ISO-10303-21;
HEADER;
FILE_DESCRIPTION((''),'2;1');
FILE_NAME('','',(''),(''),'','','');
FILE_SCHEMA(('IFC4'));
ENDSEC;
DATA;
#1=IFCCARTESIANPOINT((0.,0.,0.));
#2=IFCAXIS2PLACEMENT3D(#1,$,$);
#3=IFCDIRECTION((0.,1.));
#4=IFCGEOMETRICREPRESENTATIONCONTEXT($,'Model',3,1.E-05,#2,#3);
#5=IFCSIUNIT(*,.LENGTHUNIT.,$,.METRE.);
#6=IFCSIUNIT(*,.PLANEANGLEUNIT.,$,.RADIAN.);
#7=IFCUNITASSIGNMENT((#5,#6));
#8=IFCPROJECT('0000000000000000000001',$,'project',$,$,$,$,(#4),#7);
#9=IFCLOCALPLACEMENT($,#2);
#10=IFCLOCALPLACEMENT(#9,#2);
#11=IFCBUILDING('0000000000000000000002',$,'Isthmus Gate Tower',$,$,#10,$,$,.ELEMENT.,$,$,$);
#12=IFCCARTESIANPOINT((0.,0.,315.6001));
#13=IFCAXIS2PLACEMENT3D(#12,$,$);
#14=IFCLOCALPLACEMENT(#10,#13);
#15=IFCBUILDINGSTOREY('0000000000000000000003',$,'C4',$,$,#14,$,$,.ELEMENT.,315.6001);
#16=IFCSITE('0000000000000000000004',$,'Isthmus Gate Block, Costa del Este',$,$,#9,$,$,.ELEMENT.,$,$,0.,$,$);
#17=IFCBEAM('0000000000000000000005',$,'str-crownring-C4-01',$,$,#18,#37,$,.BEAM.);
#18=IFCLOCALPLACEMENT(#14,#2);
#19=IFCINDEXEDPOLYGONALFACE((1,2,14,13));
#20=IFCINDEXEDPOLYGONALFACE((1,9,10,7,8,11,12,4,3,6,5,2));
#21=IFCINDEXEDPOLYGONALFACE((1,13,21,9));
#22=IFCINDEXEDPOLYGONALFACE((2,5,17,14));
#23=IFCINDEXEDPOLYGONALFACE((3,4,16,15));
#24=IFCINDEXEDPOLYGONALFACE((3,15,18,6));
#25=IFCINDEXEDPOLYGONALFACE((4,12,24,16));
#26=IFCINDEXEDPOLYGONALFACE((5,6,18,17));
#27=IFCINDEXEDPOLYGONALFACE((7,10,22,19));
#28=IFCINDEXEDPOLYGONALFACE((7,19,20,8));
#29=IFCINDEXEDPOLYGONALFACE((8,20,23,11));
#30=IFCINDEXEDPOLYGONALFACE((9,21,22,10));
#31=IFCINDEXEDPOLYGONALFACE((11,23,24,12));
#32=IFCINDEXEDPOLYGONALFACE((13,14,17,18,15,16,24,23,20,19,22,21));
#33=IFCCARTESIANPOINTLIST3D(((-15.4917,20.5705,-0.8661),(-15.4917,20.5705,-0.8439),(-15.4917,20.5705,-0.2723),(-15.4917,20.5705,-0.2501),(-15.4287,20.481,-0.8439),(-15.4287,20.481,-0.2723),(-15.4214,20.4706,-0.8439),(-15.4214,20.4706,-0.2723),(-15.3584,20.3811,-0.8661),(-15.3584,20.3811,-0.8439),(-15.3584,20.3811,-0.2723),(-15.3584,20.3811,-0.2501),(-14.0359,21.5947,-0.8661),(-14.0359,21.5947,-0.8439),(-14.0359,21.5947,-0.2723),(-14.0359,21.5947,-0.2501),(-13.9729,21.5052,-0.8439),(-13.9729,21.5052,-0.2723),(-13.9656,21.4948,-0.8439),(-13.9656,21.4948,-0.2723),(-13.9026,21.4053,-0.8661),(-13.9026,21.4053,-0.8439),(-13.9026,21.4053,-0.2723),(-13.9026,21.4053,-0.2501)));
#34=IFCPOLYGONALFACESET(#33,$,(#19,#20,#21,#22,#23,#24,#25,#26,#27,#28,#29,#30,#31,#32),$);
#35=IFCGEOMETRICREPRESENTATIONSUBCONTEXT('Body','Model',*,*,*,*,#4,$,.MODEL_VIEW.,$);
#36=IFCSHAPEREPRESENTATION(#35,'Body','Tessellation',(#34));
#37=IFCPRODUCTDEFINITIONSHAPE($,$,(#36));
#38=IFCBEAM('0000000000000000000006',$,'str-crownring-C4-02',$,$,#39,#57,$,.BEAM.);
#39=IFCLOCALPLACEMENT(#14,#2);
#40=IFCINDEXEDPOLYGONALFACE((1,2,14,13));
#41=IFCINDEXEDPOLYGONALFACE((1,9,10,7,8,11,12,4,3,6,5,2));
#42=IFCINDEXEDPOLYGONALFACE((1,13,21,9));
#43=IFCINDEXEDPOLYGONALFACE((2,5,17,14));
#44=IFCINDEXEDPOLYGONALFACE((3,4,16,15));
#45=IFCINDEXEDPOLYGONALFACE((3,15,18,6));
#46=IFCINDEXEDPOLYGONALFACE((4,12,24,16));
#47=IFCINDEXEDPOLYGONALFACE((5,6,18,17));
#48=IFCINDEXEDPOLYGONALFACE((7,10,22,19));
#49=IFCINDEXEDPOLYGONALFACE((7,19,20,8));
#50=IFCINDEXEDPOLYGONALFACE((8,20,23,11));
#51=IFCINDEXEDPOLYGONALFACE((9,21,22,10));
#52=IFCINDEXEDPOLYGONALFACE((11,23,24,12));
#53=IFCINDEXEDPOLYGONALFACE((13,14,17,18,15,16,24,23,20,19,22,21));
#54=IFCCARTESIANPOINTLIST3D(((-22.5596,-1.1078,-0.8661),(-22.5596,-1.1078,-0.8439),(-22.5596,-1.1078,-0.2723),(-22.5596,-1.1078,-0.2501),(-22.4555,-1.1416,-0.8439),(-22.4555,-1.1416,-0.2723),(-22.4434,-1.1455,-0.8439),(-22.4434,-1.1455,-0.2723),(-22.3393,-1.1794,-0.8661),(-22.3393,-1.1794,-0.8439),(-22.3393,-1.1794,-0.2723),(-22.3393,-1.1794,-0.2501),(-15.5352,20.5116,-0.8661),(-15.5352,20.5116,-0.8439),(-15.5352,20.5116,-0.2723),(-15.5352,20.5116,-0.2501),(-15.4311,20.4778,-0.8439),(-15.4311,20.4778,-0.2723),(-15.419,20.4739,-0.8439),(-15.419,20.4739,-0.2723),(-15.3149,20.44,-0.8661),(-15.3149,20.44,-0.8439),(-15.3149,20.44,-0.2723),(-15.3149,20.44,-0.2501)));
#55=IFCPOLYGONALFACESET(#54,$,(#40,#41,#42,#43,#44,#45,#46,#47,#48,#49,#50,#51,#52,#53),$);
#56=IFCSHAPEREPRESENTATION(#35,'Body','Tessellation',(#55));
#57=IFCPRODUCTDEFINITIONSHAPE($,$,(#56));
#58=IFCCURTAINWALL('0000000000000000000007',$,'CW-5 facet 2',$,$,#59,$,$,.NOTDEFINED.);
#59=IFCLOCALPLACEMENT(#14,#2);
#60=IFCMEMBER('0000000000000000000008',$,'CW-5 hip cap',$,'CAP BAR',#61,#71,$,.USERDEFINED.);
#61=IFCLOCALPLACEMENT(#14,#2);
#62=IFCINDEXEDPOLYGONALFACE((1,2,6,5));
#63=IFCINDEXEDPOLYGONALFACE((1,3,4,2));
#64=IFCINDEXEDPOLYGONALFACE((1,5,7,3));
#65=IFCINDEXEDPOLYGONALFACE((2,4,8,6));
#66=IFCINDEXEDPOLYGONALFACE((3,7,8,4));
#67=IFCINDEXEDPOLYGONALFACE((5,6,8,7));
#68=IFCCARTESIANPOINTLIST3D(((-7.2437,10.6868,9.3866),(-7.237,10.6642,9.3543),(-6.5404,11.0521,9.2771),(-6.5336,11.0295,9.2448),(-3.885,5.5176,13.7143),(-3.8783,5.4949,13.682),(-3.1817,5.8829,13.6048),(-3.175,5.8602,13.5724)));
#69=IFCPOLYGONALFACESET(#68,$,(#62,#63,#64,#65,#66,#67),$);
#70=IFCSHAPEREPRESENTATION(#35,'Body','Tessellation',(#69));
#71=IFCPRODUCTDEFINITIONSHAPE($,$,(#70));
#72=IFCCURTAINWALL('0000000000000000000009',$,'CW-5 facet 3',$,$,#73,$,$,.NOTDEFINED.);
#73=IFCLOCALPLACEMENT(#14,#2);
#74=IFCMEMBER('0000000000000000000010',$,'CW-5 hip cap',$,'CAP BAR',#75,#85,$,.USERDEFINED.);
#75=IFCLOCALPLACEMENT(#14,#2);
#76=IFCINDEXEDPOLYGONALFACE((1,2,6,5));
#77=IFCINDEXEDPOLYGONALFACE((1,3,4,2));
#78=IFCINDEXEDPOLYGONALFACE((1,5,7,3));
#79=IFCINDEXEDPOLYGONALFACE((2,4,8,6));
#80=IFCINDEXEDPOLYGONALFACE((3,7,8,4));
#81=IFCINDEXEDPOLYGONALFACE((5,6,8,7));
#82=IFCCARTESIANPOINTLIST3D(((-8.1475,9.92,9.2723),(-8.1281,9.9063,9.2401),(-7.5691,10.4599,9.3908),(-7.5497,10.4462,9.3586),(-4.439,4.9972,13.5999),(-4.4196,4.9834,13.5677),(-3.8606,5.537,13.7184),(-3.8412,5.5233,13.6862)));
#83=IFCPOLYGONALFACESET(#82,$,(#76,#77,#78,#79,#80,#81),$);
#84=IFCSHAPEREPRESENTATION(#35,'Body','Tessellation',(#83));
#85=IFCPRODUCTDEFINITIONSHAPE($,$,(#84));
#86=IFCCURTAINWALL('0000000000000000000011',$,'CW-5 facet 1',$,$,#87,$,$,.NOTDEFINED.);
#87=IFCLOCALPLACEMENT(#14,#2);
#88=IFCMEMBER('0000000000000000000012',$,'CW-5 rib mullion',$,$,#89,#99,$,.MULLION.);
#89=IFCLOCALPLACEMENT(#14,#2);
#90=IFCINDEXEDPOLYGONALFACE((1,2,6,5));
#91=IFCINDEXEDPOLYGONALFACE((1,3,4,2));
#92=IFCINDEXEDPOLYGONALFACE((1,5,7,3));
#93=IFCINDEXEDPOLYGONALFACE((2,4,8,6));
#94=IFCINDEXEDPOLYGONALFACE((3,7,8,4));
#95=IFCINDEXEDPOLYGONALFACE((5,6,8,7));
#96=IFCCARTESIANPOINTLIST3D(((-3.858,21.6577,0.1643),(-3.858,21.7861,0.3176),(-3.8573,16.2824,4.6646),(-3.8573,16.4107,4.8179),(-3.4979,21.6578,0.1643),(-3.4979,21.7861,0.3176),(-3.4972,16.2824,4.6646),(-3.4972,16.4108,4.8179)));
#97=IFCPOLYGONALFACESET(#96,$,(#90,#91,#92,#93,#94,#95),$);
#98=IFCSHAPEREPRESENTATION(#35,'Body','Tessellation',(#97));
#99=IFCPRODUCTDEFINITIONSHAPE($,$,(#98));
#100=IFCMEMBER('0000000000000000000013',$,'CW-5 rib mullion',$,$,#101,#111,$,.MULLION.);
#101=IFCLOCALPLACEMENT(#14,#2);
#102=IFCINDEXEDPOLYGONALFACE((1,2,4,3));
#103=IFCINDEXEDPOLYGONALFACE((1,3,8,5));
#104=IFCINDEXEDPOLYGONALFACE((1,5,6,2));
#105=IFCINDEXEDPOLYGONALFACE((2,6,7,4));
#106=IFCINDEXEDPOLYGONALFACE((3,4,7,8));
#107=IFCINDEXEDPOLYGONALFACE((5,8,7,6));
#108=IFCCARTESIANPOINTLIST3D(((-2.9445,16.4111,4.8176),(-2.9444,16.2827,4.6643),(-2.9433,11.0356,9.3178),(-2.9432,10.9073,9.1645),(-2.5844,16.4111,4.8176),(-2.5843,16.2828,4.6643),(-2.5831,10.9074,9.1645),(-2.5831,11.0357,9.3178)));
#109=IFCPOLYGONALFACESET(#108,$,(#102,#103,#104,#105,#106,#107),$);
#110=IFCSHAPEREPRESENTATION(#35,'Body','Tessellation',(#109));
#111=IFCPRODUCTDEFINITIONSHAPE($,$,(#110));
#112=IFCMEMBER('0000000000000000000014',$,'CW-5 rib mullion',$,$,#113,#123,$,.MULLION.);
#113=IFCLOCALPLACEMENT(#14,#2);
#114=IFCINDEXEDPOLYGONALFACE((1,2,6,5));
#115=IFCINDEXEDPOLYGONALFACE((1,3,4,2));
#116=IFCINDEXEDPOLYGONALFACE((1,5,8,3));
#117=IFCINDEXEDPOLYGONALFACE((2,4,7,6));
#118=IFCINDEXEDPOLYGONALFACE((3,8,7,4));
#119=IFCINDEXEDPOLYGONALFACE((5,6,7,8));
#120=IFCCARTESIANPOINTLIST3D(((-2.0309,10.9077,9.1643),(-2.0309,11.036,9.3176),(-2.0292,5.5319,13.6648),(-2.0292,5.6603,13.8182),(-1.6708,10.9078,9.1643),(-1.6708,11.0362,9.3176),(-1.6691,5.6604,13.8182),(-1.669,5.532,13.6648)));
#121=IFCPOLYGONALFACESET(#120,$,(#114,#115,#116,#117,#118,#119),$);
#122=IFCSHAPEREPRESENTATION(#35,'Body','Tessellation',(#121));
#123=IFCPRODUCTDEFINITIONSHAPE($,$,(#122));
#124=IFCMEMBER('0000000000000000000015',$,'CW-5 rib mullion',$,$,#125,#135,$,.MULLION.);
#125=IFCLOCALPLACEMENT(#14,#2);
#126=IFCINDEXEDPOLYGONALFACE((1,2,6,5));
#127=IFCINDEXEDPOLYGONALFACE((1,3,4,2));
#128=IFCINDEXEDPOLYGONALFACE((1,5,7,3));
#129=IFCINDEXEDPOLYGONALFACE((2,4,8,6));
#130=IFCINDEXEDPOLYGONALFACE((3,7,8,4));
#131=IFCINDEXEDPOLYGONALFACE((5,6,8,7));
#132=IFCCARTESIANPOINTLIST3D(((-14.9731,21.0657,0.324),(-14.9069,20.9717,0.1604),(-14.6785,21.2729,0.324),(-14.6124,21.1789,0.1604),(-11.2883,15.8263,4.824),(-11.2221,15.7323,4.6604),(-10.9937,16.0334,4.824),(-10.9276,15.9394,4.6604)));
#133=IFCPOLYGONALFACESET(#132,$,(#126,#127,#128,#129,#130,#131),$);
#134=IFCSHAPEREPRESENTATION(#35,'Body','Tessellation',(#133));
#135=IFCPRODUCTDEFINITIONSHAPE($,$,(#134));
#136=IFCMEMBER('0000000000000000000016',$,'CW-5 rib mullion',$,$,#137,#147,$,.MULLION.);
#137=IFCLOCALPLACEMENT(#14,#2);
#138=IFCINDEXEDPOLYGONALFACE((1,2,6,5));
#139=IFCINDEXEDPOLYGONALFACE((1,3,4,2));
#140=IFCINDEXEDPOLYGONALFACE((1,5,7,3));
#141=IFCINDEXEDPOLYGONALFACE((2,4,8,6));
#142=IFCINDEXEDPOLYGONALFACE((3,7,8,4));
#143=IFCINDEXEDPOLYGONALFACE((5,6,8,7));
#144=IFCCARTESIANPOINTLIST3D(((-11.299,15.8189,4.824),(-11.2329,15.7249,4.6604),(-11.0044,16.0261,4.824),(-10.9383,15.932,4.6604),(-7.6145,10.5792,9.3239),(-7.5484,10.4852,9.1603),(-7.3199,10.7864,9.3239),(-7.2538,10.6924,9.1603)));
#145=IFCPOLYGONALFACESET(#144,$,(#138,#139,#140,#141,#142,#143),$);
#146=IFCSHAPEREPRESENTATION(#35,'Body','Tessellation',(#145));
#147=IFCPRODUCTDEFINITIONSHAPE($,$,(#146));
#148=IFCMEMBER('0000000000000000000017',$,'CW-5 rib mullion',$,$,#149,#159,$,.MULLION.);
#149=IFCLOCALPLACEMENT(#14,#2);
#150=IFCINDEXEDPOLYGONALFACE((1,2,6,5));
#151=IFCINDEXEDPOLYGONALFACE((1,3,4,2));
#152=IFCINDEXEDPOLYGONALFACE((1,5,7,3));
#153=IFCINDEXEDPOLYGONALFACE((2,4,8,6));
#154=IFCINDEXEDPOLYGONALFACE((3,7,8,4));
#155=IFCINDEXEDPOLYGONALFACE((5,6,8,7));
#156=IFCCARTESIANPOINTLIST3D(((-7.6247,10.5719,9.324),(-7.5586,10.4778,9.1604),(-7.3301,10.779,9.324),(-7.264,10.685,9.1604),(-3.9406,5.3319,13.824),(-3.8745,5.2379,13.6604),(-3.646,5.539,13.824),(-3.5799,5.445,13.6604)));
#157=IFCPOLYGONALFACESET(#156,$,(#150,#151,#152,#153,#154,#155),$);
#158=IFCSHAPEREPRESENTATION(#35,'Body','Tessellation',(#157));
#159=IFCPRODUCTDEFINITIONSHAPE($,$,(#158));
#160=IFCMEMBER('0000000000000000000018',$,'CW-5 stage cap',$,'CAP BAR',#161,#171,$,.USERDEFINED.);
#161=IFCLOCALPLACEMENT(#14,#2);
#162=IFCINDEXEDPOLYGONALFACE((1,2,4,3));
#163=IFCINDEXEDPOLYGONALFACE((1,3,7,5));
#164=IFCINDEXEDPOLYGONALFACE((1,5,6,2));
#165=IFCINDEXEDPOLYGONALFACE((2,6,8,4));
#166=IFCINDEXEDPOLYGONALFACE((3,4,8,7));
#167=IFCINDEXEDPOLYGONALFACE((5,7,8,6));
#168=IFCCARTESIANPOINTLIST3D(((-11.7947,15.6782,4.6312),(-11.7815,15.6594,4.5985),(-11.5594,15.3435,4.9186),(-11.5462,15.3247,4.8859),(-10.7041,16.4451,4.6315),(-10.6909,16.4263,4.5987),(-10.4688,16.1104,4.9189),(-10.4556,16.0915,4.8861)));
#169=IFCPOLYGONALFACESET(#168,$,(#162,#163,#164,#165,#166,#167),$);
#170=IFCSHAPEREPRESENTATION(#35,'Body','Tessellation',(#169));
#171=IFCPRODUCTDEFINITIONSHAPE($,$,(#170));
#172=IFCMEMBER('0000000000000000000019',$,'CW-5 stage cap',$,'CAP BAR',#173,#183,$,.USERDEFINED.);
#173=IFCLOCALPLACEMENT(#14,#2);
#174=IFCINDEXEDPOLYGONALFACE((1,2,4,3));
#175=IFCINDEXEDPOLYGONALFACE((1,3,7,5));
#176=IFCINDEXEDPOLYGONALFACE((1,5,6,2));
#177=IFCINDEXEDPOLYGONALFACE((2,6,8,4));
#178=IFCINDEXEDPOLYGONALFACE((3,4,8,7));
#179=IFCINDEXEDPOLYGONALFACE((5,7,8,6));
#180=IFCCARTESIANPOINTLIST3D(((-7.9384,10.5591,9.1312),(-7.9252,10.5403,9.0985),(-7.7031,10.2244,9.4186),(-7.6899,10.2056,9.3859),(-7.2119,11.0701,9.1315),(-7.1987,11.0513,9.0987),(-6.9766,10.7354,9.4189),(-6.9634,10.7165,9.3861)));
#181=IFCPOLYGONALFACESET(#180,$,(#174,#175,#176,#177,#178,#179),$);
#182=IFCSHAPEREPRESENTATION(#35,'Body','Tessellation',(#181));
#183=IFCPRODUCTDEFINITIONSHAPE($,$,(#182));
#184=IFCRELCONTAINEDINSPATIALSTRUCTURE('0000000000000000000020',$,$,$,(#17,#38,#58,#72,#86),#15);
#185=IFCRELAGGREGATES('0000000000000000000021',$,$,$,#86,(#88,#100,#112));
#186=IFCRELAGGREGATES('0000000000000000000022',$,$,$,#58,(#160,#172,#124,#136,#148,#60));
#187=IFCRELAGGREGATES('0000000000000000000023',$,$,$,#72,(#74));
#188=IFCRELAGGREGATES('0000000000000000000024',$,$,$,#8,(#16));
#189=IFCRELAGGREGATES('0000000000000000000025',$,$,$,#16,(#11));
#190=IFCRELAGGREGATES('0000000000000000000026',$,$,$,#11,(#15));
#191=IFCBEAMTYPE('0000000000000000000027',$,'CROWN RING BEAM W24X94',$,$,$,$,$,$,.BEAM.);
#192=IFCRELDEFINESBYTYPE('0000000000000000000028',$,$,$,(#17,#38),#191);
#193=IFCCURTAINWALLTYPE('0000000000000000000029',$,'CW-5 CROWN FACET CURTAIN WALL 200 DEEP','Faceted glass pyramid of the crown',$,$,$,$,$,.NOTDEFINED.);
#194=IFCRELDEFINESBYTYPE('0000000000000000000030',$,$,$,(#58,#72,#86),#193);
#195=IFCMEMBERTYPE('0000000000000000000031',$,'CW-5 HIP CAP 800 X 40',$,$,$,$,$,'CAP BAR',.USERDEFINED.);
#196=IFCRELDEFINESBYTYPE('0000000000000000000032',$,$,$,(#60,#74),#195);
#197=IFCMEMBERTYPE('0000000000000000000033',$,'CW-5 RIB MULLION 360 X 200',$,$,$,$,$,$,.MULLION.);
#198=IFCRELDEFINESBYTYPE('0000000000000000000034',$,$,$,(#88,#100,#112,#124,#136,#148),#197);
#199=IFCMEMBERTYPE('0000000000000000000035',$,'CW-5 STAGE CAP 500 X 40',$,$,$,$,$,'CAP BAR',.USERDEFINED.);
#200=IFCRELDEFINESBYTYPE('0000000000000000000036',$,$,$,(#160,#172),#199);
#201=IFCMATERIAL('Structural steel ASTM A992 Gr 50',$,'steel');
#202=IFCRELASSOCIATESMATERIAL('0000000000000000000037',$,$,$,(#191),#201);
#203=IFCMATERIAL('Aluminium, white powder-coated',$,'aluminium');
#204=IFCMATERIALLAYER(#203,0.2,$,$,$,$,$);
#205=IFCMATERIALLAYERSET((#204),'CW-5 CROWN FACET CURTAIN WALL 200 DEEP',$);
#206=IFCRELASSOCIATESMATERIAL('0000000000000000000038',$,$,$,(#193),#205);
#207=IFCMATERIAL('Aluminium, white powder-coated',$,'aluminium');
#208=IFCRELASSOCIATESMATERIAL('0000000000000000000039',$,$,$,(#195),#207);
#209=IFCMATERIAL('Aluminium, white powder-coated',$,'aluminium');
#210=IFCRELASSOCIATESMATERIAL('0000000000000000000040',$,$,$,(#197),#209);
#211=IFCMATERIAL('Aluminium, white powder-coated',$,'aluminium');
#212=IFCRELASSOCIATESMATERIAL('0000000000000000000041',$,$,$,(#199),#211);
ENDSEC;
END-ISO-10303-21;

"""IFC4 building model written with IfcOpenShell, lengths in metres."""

from ifc_helpers import new_model, si_unit, direction, frame, origin, origin_2d, place, context, subcontext, project, spatial, rectangle, i_section, extrude, material, layer, layer_set, material_profile, profile_set, type_object, element, aggregate, save


model = new_model("IFC4")

# Units and contexts
model_context = context("Model", 3, precision=1e-05, world=origin(), true_north=direction((0.0, 1.0)))
body_context = subcontext(model_context, "Body", "Model", "MODEL_VIEW")
ifc_project = project(units=[si_unit("LENGTHUNIT", "METRE"), si_unit("PLANEANGLEUNIT", "RADIAN")], contexts=[model_context])

# Site, building, storey
site_placement = place(None, origin())
site = spatial("IfcSite", under=ifc_project, at=site_placement, Name="Isthmus Gate Block, Costa del Este", CompositionType="ELEMENT", RefElevation=0.0)
building_placement = place(site_placement, origin())
building = spatial("IfcBuilding", under=site, at=building_placement, Name="Isthmus Gate Tower", CompositionType="ELEMENT")
storey_placement = place(building_placement, frame((0.0, 0.0, 315.6001)))
storey = spatial("IfcBuildingStorey", under=building, at=storey_placement, Name="C4", CompositionType="ELEMENT", Elevation=315.6001)

# Beams
ifc_material_1 = material(Name="Structural steel ASTM A992 Gr 50", Category="steel")
ifc_material_profile_1 = material_profile(ifc_material_1, i_section(OverallWidth=0.2317, OverallDepth=0.616, WebThickness=0.0127, FlangeThickness=0.0222, at=origin_2d()), Name="W24X94")
ifc_profile_set_1 = profile_set([ifc_material_profile_1], Name="Structural steel ASTM A992 Gr 50")
beam_type = type_object("IfcBeamType", Name="CROWN RING BEAM W24X94", PredefinedType="BEAM", material=ifc_profile_set_1)
beam_1_placement = place(storey_placement, frame((-13.9692, 21.5, -0.5581), z_axis=(-0.817883, -0.575385, 0.0), x_axis=(0.575385, -0.817883, 0.0)))
element("IfcBeam", 1, at=beam_1_placement, inside=storey, type_object=beam_type, Name="str-crownring-C4-01", PredefinedType="BEAM", context=body_context, shape_type="SweptSolid", body=[
    extrude(i_section(OverallWidth=0.2317, OverallDepth=0.616, WebThickness=0.0127, FlangeThickness=0.0222, at=origin_2d()), origin(), (0.0, 0.0, 1.0), 1.78),
])
beam_2_placement = place(storey_placement, frame((-15.425, 20.4758, -0.5581), z_axis=(-0.309011, -0.951058, 0.0), x_axis=(0.951058, -0.309011, 0.0)))
element("IfcBeam", 2, at=beam_2_placement, inside=storey, type_object=beam_type, Name="str-crownring-C4-02", PredefinedType="BEAM", context=body_context, shape_type="SweptSolid", body=[
    extrude(i_section(OverallWidth=0.2317, OverallDepth=0.616, WebThickness=0.0127, FlangeThickness=0.0222, at=origin_2d()), origin(), (0.0, 0.0, 1.0), 22.7319),
])

# Curtain walls, members
ifc_material_2 = material(Name="Aluminium, white powder-coated", Category="aluminium")
ifc_layer_1 = layer(ifc_material_2, 0.2)
ifc_layer_set_1 = layer_set([ifc_layer_1], Name="CW-5 CROWN FACET CURTAIN WALL 200 DEEP")
curtain_wall_type = type_object("IfcCurtainWallType", Name="CW-5 CROWN FACET CURTAIN WALL 200 DEEP", Description="Faceted glass pyramid of the crown", PredefinedType="NOTDEFINED", material=ifc_layer_set_1)
curtain_wall_1_placement = place(storey_placement, origin())
curtain_wall_1 = element("IfcCurtainWall", 3, at=curtain_wall_1_placement, inside=storey, type_object=curtain_wall_type, Name="CW-5 facet 2", PredefinedType="NOTDEFINED")
ifc_material_3 = material(Name="Aluminium, white powder-coated", Category="aluminium")
ifc_material_profile_2 = material_profile(ifc_material_3, rectangle(XDim=0.8, YDim=0.04, at=origin_2d()), Name="800x40")
ifc_profile_set_2 = profile_set([ifc_material_profile_2], Name="Aluminium, white powder-coated")
member_type_1 = type_object("IfcMemberType", Name="CW-5 HIP CAP 800 X 40", ElementType="CAP BAR", PredefinedType="USERDEFINED", material=ifc_profile_set_2)
placement_1 = place(building_placement, frame((0.0, 0.0, 324.6001)))
member_1_placement = place(placement_1, frame((-6.8887, 10.8582, 0.3157), z_axis=(0.445923, -0.686307, 0.574575), x_axis=(0.879088, 0.45658, -0.136886)))
member_1 = element("IfcMember", 4, at=member_1_placement, type_object=member_type_1, Name="CW-5 hip cap", ObjectType="CAP BAR", PredefinedType="USERDEFINED", context=body_context, shape_type="SweptSolid", body=[
    extrude(rectangle(XDim=0.8, YDim=0.04, at=origin_2d()), origin(), (0.0, 0.0, 1.0), 7.532),
])
curtain_wall_2_placement = place(storey_placement, origin())
curtain_wall_2 = element("IfcCurtainWall", 5, at=curtain_wall_2_placement, inside=storey, type_object=curtain_wall_type, Name="CW-5 facet 3", PredefinedType="NOTDEFINED")
member_2_placement = place(placement_1, frame((-7.8486, 10.1831, 0.3154), z_axis=(0.492431, -0.653679, 0.574644), x_axis=(0.722958, 0.674828, 0.148116)))
member_2 = element("IfcMember", 6, at=member_2_placement, type_object=member_type_1, Name="CW-5 hip cap", ObjectType="CAP BAR", PredefinedType="USERDEFINED", context=body_context, shape_type="SweptSolid", body=[
    extrude(rectangle(XDim=0.8, YDim=0.04, at=origin_2d()), origin(), (0.0, 0.0, 1.0), 7.531),
])

# Curtain wall, members
curtain_wall_3_placement = place(storey_placement, origin())
curtain_wall_3 = element("IfcCurtainWall", 7, at=curtain_wall_3_placement, inside=storey, type_object=curtain_wall_type, Name="CW-5 facet 1", PredefinedType="NOTDEFINED")
ifc_material_4 = material(Name="Aluminium, white powder-coated", Category="aluminium")
ifc_material_profile_3 = material_profile(ifc_material_4, rectangle(XDim=0.3601, YDim=0.2, at=origin_2d()), Name="360x200")
ifc_profile_set_3 = profile_set([ifc_material_profile_3], Name="Aluminium, white powder-coated")
member_type_2 = type_object("IfcMemberType", Name="CW-5 RIB MULLION 360 X 200", PredefinedType="MULLION", material=ifc_profile_set_3)
member_3_placement = place(storey_placement, frame((-3.678, 21.7219, 0.241), z_axis=(0.000104, -0.766755, 0.64194), x_axis=(1.0, 0.000136, 0.0)))
member_3 = element("IfcMember", 8, at=member_3_placement, type_object=member_type_2, Name="CW-5 rib mullion", PredefinedType="MULLION", context=body_context, shape_type="SweptSolid", body=[
    extrude(rectangle(XDim=0.3601, YDim=0.2, at=origin_2d()), origin(), (0.0, 0.0, 1.0), 7.0105),
])
placement_2 = place(building_placement, frame((0.0, 0.0, 320.1001)))
member_4_placement = place(placement_2, frame((-2.7644, 16.3469, 0.241), z_axis=(0.000174, -0.766769, 0.641923), x_axis=(1.0, 0.000227, 0.0)))
member_4 = element("IfcMember", 9, at=member_4_placement, type_object=member_type_2, Name="CW-5 rib mullion", PredefinedType="MULLION", context=body_context, shape_type="SweptSolid", body=[
    extrude(rectangle(XDim=0.3601, YDim=0.2, at=origin_2d()), origin(), (0.0, 0.0, 1.0), 7.0105),
])
member_5_placement = place(placement_1, frame((-1.8508, 10.9719, 0.241), z_axis=(0.000244, -0.766766, 0.641926), x_axis=(1.0, 0.000318, 0.0)))
member_5 = element("IfcMember", 10, at=member_5_placement, type_object=member_type_2, Name="CW-5 rib mullion", PredefinedType="MULLION", context=body_context, shape_type="SweptSolid", body=[
    extrude(rectangle(XDim=0.3601, YDim=0.2, at=origin_2d()), origin(), (0.0, 0.0, 1.0), 7.011),
])

# Members
member_6_placement = place(storey_placement, frame((-14.7927, 21.1223, 0.2422), z_axis=(0.470712, -0.669314, 0.574847), x_axis=(0.817971, 0.575259, 0.0)))
member_6 = element("IfcMember", 11, at=member_6_placement, type_object=member_type_2, Name="CW-5 rib mullion", PredefinedType="MULLION", context=body_context, shape_type="SweptSolid", body=[
    extrude(rectangle(XDim=0.3601, YDim=0.2, at=origin_2d()), origin(), (0.0, 0.0, 1.0), 7.8281),
])
member_7_placement = place(placement_2, frame((-11.1187, 15.8755, 0.2422), z_axis=(0.470678, -0.669341, 0.574843), x_axis=(0.818002, 0.575216, 0.0)))
member_7 = element("IfcMember", 12, at=member_7_placement, type_object=member_type_2, Name="CW-5 rib mullion", PredefinedType="MULLION", context=body_context, shape_type="SweptSolid", body=[
    extrude(rectangle(XDim=0.3601, YDim=0.2, at=origin_2d()), origin(), (0.0, 0.0, 1.0), 7.8281),
])
member_8_placement = place(placement_1, frame((-7.4443, 10.6284, 0.2422), z_axis=(0.47062, -0.669378, 0.574848), x_axis=(0.81805, 0.575147, 0.0)))
member_8 = element("IfcMember", 13, at=member_8_placement, type_object=member_type_2, Name="CW-5 rib mullion", PredefinedType="MULLION", context=body_context, shape_type="SweptSolid", body=[
    extrude(rectangle(XDim=0.3601, YDim=0.2, at=origin_2d()), origin(), (0.0, 0.0, 1.0), 7.8281),
])
ifc_material_5 = material(Name="Aluminium, white powder-coated", Category="aluminium")
ifc_material_profile_4 = material_profile(ifc_material_5, rectangle(XDim=0.5, YDim=0.04, at=origin_2d()), Name="500x40")
ifc_profile_set_4 = profile_set([ifc_material_profile_4], Name="Aluminium, white powder-coated")
member_type_3 = type_object("IfcMemberType", Name="CW-5 STAGE CAP 500 X 40", ElementType="CAP BAR", PredefinedType="USERDEFINED", material=ifc_profile_set_4)
member_9_placement = place(storey_placement, frame((-10.5798, 16.2683, 4.7588), z_axis=(-0.818017, -0.575194, -0.000183), x_axis=(0.470574, -0.669414, 0.574843)))
member_9 = element("IfcMember", 14, at=member_9_placement, type_object=member_type_3, Name="CW-5 stage cap", ObjectType="CAP BAR", PredefinedType="USERDEFINED", context=body_context, shape_type="SweptSolid", body=[
    extrude(rectangle(XDim=0.5, YDim=0.04, at=origin_2d()), origin(), (0.0, 0.0, 1.0), 1.3333),
])
member_10_placement = place(placement_2, frame((-7.0876, 10.8933, 4.7588), z_axis=(-0.817964, -0.575269, -0.000275), x_axis=(0.470592, -0.669401, 0.574843)))
member_10 = element("IfcMember", 15, at=member_10_placement, type_object=member_type_3, Name="CW-5 stage cap", ObjectType="CAP BAR", PredefinedType="USERDEFINED", context=body_context, shape_type="SweptSolid", body=[
    extrude(rectangle(XDim=0.5, YDim=0.04, at=origin_2d()), origin(), (0.0, 0.0, 1.0), 0.8882),
])

aggregate(curtain_wall_3, [member_3, member_4, member_5])
aggregate(curtain_wall_1, [member_9, member_10, member_6, member_7, member_8, member_1])
aggregate(curtain_wall_2, [member_2])

save(model, "model.ifc")
